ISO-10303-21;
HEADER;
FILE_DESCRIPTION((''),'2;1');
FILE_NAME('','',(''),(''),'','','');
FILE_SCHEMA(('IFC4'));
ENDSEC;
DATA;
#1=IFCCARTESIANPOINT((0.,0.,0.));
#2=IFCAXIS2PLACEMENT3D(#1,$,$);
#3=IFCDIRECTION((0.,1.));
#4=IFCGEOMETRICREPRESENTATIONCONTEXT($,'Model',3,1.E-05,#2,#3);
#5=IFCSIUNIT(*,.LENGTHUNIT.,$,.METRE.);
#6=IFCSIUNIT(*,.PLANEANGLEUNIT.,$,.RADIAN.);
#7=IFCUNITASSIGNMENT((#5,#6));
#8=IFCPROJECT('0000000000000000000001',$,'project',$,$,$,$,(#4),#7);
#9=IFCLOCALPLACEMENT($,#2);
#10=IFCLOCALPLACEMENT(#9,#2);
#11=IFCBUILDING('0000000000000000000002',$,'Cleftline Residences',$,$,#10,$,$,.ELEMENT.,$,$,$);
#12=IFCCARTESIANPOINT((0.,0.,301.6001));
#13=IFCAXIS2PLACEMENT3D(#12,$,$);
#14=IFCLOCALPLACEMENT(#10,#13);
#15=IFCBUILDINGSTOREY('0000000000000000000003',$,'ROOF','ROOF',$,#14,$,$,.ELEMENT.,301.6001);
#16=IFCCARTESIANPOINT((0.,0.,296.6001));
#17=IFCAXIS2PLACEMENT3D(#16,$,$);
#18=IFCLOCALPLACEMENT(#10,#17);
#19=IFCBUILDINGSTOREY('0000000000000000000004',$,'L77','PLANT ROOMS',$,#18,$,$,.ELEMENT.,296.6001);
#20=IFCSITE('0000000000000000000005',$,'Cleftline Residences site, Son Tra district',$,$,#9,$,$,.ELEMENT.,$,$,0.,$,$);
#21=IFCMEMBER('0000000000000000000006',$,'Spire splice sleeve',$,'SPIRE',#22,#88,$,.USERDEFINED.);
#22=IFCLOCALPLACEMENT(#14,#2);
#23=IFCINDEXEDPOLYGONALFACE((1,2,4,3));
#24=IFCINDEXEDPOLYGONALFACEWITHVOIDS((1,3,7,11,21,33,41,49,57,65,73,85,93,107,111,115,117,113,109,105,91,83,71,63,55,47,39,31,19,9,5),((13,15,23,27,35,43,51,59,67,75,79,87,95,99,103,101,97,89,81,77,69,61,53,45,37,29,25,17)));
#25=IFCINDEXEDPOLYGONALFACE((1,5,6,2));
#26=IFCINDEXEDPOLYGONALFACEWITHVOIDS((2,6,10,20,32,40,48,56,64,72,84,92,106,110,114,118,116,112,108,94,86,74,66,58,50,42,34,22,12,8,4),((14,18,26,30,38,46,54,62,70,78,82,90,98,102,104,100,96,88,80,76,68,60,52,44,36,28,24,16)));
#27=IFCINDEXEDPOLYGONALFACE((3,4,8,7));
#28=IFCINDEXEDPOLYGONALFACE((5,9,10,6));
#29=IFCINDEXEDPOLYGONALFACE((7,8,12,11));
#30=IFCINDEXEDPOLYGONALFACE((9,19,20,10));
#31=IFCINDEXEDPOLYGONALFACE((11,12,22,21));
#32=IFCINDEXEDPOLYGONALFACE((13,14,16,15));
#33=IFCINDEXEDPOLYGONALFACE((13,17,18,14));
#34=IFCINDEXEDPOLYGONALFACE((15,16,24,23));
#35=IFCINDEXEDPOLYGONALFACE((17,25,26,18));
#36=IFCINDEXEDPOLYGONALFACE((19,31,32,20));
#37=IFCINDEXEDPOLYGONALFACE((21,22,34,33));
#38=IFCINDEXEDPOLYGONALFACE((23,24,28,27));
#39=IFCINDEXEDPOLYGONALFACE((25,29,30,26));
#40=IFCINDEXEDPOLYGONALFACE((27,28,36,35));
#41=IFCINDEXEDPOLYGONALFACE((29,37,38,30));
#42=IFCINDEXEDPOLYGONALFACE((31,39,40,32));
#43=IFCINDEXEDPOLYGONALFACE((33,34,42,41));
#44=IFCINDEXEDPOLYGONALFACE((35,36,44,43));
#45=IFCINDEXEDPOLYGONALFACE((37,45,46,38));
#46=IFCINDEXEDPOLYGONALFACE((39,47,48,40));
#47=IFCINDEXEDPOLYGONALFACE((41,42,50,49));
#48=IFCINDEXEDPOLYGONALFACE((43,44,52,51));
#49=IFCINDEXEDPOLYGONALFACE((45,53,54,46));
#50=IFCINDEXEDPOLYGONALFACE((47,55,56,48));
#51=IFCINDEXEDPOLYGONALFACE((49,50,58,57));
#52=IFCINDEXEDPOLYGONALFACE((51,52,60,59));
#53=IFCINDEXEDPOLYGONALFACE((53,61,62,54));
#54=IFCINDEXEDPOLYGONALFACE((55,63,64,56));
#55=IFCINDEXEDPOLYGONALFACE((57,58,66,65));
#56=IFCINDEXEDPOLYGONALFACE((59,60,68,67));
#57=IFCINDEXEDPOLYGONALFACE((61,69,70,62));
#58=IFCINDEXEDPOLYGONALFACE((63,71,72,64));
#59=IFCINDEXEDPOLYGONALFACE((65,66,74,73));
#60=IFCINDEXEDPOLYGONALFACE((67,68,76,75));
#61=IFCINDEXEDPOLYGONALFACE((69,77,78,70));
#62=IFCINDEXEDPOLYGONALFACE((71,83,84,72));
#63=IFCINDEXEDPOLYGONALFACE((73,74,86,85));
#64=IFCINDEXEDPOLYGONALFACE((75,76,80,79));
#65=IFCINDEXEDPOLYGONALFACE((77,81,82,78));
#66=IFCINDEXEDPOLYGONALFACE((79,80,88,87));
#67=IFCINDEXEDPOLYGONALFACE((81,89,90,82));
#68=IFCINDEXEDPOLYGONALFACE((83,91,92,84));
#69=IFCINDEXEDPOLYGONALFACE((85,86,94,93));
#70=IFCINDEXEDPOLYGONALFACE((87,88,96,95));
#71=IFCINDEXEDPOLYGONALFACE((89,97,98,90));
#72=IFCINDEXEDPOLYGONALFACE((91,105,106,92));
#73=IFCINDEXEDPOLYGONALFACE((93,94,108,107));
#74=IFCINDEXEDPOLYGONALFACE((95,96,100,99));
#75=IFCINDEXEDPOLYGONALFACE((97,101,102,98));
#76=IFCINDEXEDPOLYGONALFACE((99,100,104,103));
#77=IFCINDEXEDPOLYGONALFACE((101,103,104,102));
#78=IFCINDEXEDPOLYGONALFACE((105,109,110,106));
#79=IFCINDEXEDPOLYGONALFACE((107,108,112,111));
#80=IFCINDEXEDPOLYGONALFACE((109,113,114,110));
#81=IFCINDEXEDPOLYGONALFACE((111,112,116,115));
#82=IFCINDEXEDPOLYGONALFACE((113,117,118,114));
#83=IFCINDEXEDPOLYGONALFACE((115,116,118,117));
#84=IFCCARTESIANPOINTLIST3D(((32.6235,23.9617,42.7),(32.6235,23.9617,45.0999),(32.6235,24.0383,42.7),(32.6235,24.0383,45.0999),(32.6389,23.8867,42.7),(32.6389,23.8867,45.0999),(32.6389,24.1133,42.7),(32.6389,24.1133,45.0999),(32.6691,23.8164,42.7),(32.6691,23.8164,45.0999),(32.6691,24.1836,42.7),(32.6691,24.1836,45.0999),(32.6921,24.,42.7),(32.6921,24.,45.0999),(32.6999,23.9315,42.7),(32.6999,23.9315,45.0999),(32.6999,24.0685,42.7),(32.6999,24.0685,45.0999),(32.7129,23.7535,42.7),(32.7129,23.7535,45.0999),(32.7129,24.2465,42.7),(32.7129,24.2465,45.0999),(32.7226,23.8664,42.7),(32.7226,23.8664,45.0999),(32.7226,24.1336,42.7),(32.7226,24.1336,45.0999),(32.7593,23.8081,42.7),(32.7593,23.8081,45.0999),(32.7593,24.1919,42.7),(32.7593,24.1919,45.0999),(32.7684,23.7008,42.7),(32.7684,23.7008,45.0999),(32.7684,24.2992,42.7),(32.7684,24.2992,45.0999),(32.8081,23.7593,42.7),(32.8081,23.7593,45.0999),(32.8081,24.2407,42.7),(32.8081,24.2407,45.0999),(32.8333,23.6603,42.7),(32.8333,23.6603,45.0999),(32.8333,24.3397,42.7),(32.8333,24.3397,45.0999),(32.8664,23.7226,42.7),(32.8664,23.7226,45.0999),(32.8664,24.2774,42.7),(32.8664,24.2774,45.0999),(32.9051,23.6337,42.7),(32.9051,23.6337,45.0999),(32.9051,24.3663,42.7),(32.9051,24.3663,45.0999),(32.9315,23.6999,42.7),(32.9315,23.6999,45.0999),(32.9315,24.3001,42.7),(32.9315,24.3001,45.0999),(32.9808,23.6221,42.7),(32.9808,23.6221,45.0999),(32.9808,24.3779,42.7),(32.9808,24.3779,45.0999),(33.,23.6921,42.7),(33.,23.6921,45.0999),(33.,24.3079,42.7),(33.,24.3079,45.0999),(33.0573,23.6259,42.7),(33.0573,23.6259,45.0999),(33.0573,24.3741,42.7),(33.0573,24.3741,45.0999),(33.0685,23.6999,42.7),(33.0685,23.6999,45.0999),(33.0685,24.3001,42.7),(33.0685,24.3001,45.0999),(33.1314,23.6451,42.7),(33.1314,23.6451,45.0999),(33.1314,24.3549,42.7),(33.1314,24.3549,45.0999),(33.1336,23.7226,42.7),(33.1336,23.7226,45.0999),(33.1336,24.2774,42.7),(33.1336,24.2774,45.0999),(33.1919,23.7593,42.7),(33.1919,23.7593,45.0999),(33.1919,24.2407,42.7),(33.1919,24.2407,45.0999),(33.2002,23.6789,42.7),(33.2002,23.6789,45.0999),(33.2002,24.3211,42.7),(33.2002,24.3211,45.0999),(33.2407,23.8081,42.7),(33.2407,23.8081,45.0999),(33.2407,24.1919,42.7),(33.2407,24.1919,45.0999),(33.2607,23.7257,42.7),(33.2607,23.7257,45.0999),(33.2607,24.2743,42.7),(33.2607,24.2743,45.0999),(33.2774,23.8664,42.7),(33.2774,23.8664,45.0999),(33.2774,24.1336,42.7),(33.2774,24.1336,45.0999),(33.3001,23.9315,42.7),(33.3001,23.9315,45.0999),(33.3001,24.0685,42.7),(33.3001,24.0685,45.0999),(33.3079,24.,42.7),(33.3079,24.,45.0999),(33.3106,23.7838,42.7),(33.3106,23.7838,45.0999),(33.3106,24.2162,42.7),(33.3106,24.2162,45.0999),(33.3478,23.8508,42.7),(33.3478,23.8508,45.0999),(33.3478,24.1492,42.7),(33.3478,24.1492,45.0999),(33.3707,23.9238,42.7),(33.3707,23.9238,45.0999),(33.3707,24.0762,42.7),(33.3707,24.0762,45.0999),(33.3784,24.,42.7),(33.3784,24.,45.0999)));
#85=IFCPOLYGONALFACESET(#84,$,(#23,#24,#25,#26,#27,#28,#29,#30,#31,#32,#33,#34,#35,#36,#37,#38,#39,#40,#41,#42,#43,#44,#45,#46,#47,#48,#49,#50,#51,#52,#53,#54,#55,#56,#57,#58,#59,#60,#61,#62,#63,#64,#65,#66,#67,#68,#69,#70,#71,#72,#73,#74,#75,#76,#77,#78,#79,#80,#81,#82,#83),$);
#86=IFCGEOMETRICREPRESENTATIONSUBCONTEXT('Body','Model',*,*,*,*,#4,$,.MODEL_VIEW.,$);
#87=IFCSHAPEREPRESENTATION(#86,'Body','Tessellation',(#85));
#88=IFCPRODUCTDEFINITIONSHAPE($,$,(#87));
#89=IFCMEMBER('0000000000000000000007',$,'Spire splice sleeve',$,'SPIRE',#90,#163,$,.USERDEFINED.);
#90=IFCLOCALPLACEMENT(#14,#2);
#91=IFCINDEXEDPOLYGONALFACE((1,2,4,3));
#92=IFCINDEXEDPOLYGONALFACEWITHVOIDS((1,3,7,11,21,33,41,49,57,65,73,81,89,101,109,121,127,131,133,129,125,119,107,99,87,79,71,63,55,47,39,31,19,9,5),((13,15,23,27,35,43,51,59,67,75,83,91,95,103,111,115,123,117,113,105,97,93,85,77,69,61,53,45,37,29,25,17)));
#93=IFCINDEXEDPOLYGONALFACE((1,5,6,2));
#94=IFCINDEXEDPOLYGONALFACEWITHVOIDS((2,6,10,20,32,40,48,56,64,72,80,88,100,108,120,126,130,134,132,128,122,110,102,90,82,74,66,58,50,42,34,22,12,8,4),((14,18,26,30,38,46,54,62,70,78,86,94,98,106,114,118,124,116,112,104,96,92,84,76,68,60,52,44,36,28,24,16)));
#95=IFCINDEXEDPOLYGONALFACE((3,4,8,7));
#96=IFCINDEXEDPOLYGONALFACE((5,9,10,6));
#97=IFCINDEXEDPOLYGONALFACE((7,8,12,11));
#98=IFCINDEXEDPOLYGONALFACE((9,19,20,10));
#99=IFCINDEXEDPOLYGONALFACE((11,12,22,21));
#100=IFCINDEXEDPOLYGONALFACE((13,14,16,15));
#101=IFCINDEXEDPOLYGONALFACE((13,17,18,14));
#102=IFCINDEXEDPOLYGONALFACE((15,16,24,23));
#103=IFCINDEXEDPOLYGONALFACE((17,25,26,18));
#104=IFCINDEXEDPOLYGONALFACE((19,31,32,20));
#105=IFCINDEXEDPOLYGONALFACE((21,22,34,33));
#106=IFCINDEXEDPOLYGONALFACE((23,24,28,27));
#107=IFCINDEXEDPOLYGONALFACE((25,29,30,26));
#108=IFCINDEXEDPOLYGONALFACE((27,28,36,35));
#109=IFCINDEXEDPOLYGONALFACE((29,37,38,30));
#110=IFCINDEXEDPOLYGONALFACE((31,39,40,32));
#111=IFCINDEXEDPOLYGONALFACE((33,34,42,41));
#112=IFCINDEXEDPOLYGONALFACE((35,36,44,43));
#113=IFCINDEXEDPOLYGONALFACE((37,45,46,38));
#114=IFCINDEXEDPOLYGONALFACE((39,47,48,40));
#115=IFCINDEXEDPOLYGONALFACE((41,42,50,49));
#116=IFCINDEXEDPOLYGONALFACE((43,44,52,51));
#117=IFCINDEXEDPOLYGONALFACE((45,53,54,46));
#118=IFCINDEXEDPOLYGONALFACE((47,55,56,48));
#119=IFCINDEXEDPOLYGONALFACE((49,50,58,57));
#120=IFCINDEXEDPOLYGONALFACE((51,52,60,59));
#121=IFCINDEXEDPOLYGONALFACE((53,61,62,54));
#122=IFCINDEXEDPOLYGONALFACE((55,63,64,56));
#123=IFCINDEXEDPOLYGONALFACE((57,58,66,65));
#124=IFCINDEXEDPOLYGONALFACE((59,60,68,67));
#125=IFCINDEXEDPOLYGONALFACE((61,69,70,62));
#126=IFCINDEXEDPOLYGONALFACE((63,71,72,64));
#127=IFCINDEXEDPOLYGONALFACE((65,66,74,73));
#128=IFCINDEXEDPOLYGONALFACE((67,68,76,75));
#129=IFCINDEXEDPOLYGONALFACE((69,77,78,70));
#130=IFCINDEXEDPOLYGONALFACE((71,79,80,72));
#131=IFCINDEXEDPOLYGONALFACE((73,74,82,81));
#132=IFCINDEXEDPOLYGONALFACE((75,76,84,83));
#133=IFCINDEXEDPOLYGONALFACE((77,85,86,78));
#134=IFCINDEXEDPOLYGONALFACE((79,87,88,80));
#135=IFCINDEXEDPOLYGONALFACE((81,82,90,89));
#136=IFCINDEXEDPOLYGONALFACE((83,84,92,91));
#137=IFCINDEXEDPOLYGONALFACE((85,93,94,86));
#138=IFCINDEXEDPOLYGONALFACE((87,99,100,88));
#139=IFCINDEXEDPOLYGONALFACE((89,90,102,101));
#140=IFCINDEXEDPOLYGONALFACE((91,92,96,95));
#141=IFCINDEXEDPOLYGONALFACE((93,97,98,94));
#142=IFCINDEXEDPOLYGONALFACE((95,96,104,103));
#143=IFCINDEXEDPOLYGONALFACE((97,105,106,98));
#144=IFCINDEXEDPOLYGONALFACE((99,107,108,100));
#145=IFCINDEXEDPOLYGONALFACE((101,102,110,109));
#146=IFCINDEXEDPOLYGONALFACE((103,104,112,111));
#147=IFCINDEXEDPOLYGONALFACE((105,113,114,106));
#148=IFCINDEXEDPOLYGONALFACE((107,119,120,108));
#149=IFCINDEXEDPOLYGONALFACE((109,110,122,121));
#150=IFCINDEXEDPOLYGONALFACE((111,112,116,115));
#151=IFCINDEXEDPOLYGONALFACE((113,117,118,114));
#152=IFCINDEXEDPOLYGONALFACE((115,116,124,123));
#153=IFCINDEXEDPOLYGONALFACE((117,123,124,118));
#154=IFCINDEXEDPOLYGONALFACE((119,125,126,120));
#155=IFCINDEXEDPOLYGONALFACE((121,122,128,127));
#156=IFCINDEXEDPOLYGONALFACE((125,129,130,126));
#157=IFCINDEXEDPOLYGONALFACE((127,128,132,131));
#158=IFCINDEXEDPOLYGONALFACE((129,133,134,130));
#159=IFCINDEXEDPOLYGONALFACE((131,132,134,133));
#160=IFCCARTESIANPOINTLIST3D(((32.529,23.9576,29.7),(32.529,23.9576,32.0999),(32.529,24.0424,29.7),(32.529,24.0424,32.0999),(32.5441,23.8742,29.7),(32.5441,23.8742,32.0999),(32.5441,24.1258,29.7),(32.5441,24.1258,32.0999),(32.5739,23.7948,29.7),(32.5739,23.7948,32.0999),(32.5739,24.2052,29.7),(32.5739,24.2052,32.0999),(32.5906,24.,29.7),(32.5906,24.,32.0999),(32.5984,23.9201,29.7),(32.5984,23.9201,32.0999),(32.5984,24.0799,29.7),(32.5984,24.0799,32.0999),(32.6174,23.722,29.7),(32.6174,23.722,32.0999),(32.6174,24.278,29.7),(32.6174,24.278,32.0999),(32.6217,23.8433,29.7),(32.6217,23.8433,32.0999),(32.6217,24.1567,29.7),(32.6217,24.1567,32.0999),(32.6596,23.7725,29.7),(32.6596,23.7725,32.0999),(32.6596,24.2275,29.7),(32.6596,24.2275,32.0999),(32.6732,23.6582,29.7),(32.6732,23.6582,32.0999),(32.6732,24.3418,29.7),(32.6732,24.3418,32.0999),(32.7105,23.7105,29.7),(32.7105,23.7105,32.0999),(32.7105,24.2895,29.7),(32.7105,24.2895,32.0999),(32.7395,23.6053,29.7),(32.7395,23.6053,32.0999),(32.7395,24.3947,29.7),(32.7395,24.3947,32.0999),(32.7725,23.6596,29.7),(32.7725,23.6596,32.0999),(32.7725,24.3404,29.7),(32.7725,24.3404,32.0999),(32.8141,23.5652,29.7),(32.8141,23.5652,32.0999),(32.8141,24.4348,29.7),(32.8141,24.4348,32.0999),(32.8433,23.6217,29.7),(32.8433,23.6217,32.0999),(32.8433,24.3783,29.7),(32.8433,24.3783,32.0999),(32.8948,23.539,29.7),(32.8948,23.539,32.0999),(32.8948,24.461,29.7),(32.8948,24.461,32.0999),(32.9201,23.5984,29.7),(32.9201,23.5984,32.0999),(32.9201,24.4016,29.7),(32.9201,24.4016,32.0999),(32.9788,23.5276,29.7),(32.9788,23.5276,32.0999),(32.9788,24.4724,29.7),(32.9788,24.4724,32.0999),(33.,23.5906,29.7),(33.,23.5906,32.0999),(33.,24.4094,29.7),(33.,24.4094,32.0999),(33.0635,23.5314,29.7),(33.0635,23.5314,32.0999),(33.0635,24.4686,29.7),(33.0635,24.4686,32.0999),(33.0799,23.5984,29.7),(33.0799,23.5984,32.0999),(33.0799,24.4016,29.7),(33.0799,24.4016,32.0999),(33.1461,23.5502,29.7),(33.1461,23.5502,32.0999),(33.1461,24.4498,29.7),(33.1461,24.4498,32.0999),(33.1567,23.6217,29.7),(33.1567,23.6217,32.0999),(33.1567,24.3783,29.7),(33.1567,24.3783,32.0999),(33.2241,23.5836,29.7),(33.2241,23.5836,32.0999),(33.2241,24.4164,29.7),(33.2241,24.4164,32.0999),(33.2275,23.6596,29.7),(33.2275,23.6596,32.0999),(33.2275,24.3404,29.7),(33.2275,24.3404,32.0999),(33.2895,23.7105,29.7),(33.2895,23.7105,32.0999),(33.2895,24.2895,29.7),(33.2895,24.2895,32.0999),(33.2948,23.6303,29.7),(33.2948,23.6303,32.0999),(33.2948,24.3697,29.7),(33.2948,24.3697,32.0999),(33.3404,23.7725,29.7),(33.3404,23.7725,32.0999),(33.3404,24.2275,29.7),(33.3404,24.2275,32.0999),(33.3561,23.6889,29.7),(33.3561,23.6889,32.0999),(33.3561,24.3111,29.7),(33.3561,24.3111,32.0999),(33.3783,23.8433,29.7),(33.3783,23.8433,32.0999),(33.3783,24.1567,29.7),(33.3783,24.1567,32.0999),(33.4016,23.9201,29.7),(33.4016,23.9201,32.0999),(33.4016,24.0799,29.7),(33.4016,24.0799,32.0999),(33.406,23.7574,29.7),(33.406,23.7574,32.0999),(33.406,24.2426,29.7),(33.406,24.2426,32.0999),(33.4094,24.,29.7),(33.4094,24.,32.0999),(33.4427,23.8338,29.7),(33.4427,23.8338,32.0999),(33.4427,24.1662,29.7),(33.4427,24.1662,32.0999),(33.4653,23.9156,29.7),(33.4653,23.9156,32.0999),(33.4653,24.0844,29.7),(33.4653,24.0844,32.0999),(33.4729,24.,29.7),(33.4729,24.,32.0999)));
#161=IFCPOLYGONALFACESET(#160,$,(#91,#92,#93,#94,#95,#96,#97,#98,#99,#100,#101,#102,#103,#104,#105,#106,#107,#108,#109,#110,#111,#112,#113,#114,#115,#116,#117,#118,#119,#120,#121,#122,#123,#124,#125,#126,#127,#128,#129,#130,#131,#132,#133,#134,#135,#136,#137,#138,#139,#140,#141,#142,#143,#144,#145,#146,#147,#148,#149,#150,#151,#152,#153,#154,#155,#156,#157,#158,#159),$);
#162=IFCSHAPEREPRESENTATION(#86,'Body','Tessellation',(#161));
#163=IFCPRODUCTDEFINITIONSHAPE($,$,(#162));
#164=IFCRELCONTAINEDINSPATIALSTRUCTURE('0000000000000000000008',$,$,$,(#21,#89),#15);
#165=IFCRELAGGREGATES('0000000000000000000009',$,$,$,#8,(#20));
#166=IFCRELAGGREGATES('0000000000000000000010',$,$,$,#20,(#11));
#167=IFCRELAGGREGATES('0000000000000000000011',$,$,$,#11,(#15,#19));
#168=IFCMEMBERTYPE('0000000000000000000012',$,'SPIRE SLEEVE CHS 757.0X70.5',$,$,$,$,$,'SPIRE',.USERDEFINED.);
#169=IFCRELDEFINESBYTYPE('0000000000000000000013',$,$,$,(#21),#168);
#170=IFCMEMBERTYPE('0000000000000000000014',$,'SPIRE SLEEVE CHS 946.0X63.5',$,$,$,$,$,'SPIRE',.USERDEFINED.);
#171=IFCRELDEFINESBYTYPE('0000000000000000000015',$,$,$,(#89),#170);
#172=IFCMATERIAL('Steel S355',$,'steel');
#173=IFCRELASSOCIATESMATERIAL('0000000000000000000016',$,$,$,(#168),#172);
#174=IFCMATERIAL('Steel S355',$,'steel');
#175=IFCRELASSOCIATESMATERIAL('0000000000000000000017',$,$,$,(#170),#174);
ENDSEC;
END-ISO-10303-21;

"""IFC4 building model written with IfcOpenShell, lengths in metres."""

from ifc_helpers import new_model, si_unit, direction, frame, origin, origin_2d, place, context, subcontext, project, spatial, hollow_circle, extrude, material, material_profile, profile_set, type_object, element, save


model = new_model("IFC4")

# Units and contexts
model_context = context("Model", 3, precision=1e-05, world=origin(), true_north=direction((0.0, 1.0)))
body_context = subcontext(model_context, "Body", "Model", "MODEL_VIEW")
ifc_project = project(units=[si_unit("LENGTHUNIT", "METRE"), si_unit("PLANEANGLEUNIT", "RADIAN")], contexts=[model_context])

# Site, building, storey
site_placement = place(None, origin())
site = spatial("IfcSite", under=ifc_project, at=site_placement, Name="Cleftline Residences site, Son Tra district", CompositionType="ELEMENT", RefElevation=0.0)
building_placement = place(site_placement, origin())
building = spatial("IfcBuilding", under=site, at=building_placement, Name="Cleftline Residences", CompositionType="ELEMENT")
storey_1_placement = place(building_placement, frame((0.0, 0.0, 301.6001)))
storey_1 = spatial("IfcBuildingStorey", under=building, at=storey_1_placement, Name="ROOF", Description="ROOF", CompositionType="ELEMENT", Elevation=301.6001)

# Members
ifc_material_1 = material(Name="Steel S355", Category="steel")
ifc_material_profile_1 = material_profile(ifc_material_1, hollow_circle(Radius=0.3784, WallThickness=0.0706, at=origin_2d()))
ifc_profile_set_1 = profile_set([ifc_material_profile_1], Name="Steel S355")
member_type_1 = type_object("IfcMemberType", Name="SPIRE SLEEVE CHS 757.0X70.5", ElementType="SPIRE", PredefinedType="USERDEFINED", material=ifc_profile_set_1)
member_1_placement = place(storey_1_placement, frame((33.0, 24.0, 42.7), z_axis=(0.0, 0.0, 1.0), x_axis=(1.0, 0.0, 0.0)))
element("IfcMember", 1, at=member_1_placement, inside=storey_1, type_object=member_type_1, Name="Spire splice sleeve", ObjectType="SPIRE", PredefinedType="USERDEFINED", context=body_context, shape_type="SweptSolid", body=[
    extrude(hollow_circle(Radius=0.3784, WallThickness=0.0706, at=origin_2d()), origin(), (0.0, 0.0, 1.0), 2.3999),
])
ifc_material_2 = material(Name="Steel S355", Category="steel")
ifc_material_profile_2 = material_profile(ifc_material_2, hollow_circle(Radius=0.4729, WallThickness=0.0635, at=origin_2d()))
ifc_profile_set_2 = profile_set([ifc_material_profile_2], Name="Steel S355")
member_type_2 = type_object("IfcMemberType", Name="SPIRE SLEEVE CHS 946.0X63.5", ElementType="SPIRE", PredefinedType="USERDEFINED", material=ifc_profile_set_2)
member_2_placement = place(storey_1_placement, frame((33.0, 24.0, 29.7), z_axis=(0.0, 0.0, 1.0), x_axis=(1.0, 0.0, 0.0)))
element("IfcMember", 2, at=member_2_placement, inside=storey_1, type_object=member_type_2, Name="Spire splice sleeve", ObjectType="SPIRE", PredefinedType="USERDEFINED", context=body_context, shape_type="SweptSolid", body=[
    extrude(hollow_circle(Radius=0.4729, WallThickness=0.0635, at=origin_2d()), origin(), (0.0, 0.0, 1.0), 2.3999),
])

# Shared definitions
storey_2_placement = place(building_placement, frame((0.0, 0.0, 296.6001)))
storey_2 = spatial("IfcBuildingStorey", under=building, at=storey_2_placement, Name="L77", Description="PLANT ROOMS", CompositionType="ELEMENT", Elevation=296.6001)

save(model, "model.ifc")
